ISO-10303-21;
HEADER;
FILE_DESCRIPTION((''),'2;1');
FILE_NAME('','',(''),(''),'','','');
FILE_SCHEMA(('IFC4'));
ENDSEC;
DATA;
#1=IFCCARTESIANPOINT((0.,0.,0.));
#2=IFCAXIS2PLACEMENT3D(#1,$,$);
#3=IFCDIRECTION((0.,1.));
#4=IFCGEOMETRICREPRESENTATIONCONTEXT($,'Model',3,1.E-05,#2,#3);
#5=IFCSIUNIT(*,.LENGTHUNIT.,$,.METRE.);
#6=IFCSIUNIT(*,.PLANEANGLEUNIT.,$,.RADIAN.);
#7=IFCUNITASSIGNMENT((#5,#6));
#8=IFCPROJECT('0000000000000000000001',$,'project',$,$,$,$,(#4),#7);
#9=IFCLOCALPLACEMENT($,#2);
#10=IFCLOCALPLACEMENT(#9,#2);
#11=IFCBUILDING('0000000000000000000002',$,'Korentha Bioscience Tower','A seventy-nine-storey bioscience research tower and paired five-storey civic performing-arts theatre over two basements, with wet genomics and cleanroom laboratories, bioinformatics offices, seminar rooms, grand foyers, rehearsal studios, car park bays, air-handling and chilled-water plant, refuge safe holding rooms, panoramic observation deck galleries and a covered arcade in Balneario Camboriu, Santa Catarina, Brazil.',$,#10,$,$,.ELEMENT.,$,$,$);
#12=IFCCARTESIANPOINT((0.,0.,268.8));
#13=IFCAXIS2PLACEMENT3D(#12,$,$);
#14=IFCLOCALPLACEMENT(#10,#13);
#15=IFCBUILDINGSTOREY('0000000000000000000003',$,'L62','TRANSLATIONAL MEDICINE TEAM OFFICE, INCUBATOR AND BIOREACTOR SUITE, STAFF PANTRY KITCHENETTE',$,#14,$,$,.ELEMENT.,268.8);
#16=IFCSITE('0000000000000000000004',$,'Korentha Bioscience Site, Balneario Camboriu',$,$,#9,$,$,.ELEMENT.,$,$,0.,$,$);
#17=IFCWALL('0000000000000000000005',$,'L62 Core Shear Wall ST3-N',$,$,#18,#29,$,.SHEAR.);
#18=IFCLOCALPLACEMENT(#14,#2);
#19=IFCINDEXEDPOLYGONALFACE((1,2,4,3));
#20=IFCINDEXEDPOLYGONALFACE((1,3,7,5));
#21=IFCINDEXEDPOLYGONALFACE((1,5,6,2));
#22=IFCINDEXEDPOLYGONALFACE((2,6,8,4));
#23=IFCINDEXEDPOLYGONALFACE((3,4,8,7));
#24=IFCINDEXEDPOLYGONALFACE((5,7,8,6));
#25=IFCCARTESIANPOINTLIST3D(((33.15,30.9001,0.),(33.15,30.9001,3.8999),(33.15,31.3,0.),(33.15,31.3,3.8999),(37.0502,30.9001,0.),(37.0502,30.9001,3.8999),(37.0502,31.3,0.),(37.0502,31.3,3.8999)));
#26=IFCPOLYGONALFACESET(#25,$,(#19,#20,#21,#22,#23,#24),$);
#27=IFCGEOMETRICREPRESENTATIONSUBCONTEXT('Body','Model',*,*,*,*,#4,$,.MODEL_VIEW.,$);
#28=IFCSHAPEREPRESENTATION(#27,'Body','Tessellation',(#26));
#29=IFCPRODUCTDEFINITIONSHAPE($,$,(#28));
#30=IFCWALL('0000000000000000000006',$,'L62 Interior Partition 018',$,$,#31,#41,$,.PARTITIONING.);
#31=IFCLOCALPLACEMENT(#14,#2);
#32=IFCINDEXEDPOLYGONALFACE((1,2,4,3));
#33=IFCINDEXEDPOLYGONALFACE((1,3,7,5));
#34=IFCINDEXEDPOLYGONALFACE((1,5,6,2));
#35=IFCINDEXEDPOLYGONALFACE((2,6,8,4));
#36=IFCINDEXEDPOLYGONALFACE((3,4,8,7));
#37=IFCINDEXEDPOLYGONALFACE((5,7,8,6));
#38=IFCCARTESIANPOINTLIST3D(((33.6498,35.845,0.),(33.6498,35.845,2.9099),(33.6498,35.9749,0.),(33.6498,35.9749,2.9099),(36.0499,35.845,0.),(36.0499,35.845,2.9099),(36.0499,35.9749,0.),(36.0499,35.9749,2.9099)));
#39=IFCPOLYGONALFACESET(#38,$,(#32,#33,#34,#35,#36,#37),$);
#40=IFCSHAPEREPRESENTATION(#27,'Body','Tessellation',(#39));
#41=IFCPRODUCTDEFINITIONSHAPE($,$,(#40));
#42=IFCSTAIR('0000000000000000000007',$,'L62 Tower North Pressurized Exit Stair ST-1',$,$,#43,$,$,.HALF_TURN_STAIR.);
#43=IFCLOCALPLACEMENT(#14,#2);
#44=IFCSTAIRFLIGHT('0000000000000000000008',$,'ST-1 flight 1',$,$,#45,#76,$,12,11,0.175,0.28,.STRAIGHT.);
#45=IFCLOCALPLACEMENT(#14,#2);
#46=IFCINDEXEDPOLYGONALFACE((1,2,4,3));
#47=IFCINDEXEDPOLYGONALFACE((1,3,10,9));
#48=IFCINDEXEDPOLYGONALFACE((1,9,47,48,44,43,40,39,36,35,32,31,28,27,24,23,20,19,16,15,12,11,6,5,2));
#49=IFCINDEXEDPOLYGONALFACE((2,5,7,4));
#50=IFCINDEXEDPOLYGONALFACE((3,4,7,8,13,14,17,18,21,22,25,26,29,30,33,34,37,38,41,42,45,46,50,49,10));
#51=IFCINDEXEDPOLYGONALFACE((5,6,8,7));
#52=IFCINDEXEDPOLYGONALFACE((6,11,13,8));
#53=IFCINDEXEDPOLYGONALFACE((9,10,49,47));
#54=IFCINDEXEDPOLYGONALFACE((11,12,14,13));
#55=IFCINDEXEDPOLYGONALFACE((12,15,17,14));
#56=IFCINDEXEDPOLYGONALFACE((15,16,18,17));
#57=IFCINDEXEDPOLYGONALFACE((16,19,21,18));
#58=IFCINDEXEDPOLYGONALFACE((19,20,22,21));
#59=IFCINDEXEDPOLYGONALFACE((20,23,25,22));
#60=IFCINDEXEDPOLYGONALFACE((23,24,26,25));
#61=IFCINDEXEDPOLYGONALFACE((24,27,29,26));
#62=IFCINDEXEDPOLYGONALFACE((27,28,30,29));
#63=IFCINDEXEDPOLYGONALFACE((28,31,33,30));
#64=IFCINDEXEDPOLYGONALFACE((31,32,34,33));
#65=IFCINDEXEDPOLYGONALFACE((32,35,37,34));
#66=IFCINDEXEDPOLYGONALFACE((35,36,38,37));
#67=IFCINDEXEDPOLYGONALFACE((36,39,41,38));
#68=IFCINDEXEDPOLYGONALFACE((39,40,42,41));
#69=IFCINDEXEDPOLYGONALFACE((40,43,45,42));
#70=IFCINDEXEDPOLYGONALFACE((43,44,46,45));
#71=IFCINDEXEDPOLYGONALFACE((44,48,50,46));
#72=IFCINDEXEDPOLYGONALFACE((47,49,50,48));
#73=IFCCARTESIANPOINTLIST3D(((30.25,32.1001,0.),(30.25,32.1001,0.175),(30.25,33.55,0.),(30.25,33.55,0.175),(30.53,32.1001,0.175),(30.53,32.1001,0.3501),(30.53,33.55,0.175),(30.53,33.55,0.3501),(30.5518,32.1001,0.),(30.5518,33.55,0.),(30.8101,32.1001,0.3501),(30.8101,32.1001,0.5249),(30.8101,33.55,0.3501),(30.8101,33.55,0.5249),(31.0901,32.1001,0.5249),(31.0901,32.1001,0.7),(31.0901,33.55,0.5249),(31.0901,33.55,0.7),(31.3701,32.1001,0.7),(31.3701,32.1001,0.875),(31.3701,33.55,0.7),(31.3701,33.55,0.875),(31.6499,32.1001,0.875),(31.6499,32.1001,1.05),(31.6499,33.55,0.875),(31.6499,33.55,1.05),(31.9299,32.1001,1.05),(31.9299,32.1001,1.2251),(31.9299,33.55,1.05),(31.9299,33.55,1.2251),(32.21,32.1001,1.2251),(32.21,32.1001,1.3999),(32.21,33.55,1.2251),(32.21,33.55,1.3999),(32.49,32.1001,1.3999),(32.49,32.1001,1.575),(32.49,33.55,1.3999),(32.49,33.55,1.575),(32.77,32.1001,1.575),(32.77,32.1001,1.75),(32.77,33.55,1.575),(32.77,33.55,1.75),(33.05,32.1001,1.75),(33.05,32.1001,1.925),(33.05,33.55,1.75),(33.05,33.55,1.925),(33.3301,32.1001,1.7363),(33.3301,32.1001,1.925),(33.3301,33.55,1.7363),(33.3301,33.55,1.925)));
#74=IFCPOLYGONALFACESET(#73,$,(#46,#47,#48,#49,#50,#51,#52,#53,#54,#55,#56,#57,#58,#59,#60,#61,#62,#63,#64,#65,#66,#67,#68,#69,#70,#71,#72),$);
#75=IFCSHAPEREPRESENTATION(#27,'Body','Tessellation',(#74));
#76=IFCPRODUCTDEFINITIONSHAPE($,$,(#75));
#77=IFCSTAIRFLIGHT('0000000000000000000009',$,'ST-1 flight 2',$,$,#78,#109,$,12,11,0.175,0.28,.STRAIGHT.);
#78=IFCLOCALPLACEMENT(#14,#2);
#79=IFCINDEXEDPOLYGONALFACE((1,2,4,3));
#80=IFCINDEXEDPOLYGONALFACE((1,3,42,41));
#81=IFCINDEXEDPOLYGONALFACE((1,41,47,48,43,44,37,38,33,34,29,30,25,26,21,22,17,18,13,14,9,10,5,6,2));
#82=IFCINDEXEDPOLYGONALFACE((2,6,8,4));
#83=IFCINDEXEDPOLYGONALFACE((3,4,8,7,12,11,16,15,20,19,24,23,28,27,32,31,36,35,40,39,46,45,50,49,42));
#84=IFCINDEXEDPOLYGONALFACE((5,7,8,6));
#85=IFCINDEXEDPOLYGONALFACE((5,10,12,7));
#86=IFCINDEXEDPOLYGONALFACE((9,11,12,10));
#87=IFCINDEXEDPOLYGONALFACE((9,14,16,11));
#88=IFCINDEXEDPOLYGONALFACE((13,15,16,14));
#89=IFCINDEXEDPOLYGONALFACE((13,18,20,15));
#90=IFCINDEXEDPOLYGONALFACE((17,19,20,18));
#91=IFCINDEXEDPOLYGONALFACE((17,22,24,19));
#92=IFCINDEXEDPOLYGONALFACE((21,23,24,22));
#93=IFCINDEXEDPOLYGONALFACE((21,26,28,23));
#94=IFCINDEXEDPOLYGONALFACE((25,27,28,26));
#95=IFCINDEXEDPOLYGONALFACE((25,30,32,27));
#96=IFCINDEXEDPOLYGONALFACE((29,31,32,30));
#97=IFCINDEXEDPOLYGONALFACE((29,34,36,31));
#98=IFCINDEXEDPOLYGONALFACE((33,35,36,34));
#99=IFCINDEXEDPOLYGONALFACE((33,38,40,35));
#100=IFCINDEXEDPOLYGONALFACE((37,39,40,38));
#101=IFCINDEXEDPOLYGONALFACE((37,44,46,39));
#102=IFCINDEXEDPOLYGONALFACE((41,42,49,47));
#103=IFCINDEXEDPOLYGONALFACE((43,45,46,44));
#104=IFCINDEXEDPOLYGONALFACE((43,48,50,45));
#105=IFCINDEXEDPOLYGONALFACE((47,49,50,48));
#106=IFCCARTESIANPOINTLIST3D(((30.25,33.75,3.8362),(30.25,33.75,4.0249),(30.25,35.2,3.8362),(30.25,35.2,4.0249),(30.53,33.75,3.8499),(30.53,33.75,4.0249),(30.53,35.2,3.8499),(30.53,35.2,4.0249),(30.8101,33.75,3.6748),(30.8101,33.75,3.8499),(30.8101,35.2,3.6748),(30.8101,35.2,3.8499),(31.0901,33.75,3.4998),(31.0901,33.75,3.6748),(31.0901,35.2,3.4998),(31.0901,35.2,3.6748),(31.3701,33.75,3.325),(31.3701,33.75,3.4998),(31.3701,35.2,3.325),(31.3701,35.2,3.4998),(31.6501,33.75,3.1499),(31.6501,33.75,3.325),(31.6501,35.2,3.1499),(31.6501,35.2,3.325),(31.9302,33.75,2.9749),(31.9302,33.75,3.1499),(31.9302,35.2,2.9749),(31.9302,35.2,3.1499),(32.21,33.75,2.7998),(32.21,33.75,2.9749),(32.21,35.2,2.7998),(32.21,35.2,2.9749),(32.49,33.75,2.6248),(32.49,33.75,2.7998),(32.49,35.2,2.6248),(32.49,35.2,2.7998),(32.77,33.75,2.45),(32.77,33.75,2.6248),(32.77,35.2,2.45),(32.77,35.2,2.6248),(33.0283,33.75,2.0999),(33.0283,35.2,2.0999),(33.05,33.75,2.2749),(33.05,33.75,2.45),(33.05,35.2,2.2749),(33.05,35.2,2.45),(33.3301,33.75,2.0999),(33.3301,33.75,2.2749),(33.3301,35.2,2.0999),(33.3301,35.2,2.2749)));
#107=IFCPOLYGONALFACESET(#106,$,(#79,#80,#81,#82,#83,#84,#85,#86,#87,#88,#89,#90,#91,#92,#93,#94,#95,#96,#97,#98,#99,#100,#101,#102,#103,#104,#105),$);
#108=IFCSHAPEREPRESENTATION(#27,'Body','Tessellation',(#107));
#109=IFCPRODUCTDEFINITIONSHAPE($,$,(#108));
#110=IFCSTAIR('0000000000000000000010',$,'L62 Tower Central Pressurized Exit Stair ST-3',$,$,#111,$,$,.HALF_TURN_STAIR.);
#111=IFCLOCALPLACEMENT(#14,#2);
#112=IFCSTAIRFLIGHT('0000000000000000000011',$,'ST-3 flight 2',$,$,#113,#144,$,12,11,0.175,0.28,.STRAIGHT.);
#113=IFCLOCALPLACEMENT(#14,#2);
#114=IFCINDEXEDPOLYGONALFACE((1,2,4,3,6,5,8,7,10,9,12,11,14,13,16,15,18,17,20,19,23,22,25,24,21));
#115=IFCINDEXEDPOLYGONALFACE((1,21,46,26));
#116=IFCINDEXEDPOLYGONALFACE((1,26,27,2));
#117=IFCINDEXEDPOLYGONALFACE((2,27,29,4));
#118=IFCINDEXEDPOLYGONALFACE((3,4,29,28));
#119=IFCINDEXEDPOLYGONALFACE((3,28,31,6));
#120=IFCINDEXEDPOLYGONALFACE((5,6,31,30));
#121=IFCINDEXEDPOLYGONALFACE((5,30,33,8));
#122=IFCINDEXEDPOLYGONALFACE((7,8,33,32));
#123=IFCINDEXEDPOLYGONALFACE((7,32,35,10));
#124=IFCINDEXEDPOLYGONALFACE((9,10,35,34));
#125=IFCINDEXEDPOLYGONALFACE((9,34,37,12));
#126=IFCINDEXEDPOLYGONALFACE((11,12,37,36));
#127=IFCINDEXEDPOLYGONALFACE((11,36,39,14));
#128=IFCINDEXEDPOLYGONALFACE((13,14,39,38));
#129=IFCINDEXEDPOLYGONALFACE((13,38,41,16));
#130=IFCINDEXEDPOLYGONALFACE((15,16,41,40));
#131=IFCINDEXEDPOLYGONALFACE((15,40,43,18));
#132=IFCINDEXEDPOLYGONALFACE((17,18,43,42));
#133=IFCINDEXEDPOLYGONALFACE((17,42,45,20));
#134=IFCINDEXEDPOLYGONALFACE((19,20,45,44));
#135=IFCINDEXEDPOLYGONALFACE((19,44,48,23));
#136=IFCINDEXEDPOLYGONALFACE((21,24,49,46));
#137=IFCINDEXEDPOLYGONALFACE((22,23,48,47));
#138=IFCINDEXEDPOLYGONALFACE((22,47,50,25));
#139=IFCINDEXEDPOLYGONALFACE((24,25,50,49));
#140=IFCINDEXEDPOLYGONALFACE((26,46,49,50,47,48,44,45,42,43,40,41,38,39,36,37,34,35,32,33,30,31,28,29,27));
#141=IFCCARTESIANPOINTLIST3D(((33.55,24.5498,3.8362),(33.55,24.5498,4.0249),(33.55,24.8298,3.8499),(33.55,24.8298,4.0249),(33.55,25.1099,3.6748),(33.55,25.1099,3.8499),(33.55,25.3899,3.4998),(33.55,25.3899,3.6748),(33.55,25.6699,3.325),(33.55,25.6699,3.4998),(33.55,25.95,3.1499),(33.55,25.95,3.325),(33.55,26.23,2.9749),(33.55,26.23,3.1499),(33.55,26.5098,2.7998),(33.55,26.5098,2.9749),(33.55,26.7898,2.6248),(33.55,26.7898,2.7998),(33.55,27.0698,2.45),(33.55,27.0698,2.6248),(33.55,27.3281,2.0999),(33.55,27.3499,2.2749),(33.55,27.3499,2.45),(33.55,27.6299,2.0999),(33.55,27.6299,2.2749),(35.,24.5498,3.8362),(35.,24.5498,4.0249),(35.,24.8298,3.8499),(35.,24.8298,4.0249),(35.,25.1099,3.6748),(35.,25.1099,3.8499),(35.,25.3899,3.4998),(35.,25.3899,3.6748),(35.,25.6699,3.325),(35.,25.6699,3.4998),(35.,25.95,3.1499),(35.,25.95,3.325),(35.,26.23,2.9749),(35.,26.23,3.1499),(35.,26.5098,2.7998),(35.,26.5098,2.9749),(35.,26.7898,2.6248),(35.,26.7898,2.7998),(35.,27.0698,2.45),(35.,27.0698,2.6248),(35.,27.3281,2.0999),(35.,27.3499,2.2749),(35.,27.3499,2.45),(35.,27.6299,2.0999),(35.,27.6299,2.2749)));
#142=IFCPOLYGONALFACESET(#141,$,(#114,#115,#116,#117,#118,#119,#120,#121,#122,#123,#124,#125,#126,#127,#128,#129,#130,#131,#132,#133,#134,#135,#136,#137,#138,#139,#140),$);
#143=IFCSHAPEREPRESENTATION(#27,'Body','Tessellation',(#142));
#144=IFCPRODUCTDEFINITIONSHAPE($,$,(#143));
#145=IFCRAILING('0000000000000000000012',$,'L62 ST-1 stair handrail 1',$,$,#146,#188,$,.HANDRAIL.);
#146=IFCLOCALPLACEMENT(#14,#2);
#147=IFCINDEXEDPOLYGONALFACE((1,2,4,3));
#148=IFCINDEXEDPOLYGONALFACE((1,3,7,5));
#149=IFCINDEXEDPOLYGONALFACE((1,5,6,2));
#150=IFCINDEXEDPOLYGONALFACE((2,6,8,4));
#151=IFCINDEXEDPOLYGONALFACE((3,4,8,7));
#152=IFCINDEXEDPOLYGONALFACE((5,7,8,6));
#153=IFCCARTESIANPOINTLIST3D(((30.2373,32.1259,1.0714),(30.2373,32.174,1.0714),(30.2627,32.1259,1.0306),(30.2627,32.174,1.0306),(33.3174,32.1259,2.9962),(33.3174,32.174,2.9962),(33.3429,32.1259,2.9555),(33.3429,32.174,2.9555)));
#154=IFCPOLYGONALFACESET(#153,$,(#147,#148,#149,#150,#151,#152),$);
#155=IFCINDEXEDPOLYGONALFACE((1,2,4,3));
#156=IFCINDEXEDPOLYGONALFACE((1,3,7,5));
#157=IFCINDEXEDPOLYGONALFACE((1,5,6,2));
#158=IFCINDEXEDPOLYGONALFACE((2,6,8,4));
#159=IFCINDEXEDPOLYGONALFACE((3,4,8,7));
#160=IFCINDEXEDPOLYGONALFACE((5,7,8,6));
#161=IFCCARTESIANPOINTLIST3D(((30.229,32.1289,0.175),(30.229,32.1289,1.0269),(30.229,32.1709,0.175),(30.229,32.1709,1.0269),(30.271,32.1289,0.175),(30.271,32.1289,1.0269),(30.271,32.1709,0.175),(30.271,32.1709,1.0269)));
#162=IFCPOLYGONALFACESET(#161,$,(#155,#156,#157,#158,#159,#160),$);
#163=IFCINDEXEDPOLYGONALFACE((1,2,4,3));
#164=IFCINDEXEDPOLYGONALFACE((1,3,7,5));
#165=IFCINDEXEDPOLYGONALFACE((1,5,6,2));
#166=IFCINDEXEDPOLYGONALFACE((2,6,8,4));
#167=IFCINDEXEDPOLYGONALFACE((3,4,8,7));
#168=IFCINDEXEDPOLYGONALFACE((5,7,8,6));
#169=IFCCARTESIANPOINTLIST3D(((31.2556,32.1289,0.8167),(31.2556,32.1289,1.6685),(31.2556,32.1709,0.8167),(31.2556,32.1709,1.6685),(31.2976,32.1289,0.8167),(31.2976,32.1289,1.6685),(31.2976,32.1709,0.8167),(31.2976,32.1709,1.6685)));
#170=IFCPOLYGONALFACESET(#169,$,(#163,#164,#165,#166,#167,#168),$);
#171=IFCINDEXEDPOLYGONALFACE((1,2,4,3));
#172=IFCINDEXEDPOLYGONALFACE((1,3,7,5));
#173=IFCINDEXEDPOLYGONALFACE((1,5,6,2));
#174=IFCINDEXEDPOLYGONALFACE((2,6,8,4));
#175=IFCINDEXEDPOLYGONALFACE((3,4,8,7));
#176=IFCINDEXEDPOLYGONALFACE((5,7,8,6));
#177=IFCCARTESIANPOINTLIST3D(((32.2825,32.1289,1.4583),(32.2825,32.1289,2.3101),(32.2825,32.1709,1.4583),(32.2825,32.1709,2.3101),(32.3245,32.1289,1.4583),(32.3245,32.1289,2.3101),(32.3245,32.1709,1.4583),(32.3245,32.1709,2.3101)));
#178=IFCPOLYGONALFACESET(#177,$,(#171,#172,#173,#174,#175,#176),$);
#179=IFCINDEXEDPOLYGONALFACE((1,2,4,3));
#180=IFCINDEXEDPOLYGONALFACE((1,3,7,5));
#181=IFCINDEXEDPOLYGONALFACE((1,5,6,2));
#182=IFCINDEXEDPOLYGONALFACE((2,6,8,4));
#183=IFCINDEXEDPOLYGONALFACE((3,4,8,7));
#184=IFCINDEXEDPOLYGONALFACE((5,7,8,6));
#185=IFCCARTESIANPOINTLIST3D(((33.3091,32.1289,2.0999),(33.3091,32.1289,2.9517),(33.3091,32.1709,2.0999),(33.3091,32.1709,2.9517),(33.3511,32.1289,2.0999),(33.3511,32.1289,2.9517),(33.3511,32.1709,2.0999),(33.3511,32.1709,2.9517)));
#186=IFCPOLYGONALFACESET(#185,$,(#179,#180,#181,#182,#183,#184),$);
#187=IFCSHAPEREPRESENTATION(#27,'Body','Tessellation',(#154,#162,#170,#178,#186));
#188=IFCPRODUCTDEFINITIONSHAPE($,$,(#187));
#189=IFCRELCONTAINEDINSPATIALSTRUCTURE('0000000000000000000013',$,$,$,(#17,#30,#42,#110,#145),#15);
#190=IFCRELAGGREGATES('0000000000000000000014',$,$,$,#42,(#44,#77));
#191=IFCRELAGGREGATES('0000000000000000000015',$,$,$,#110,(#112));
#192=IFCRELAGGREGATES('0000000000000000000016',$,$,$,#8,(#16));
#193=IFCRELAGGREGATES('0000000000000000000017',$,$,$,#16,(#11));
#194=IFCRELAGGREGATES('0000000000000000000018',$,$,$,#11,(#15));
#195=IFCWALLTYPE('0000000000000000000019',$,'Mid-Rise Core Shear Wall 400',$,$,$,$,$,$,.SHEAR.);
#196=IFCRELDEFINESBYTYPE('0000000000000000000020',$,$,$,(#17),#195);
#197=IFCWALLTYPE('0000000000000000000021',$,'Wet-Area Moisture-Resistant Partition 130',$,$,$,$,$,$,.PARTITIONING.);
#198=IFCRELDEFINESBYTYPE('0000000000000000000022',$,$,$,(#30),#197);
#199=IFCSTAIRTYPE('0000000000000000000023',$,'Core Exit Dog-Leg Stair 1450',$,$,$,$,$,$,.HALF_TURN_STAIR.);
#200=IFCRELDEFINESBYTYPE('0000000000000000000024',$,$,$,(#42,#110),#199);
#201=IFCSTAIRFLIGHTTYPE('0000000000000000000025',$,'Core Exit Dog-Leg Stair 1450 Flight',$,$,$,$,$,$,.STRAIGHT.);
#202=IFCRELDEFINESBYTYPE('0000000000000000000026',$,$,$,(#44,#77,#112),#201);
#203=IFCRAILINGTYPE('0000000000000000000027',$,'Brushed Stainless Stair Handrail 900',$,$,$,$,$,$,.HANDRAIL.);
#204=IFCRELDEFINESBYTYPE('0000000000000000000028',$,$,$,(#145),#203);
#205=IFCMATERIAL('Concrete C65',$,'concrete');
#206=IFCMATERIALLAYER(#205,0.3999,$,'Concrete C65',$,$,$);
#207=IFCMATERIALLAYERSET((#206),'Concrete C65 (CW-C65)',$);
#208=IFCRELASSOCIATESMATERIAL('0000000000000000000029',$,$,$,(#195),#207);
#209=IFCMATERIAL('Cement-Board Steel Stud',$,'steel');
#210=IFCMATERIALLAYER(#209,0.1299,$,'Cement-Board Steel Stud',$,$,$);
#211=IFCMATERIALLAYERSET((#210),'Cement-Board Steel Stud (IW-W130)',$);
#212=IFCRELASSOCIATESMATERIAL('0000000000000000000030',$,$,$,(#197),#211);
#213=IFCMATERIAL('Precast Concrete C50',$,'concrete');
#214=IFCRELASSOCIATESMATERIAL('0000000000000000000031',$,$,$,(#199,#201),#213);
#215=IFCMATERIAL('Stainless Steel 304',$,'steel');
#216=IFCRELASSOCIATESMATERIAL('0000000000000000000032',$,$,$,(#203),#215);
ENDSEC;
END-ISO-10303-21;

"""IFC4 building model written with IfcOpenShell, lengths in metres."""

from ifc_helpers import new_model, si_unit, direction, frame, frame_2d, origin, origin_2d, place, context, subcontext, project, spatial, polyline, rectangle, outline, extrude, material, layer, layer_set, type_object, element, aggregate, save


model = new_model("IFC4")

# Units and contexts
model_context = context("Model", 3, precision=1e-05, world=origin(), true_north=direction((0.0, 1.0)))
body_context = subcontext(model_context, "Body", "Model", "MODEL_VIEW")
ifc_project = project(units=[si_unit("LENGTHUNIT", "METRE"), si_unit("PLANEANGLEUNIT", "RADIAN")], contexts=[model_context])

# Site, building, storey
site_placement = place(None, origin())
site = spatial("IfcSite", under=ifc_project, at=site_placement, Name="Korentha Bioscience Site, Balneario Camboriu", CompositionType="ELEMENT", RefElevation=0.0)
building_placement = place(site_placement, origin())
building = spatial("IfcBuilding", under=site, at=building_placement, Name="Korentha Bioscience Tower", Description="A seventy-nine-storey bioscience research tower and paired five-storey civic performing-arts theatre over two basements, with wet genomics and cleanroom laboratories, bioinformatics offices, seminar rooms, grand foyers, rehearsal studios, car park bays, air-handling and chilled-water plant, refuge safe holding rooms, panoramic observation deck galleries and a covered arcade in Balneario Camboriu, Santa Catarina, Brazil.", CompositionType="ELEMENT")
storey_placement = place(building_placement, frame((0.0, 0.0, 268.8)))
storey = spatial("IfcBuildingStorey", under=building, at=storey_placement, Name="L62", Description="TRANSLATIONAL MEDICINE TEAM OFFICE, INCUBATOR AND BIOREACTOR SUITE, STAFF PANTRY KITCHENETTE", CompositionType="ELEMENT", Elevation=268.8)

# Shared definitions
ifc_material_1 = material(Name="Concrete C65", Category="concrete")

# Walls
ifc_layer_1 = layer(ifc_material_1, 0.3999, Name="Concrete C65")
ifc_layer_set_1 = layer_set([ifc_layer_1], Name="Concrete C65 (CW-C65)")
wall_type_1 = type_object("IfcWallType", Name="Mid-Rise Core Shear Wall 400", PredefinedType="SHEAR", material=ifc_layer_set_1)
wall_1_placement = place(storey_placement, frame((33.1499, 31.1001, 0.0), z_axis=(0.0, 0.0, 1.0), x_axis=(1.0, 0.0, 0.0)))
element("IfcWall", 1, at=wall_1_placement, inside=storey, type_object=wall_type_1, Name="L62 Core Shear Wall ST3-N", PredefinedType="SHEAR", context=body_context, shape_type="SweptSolid", body=[
    extrude(rectangle(XDim=3.9001, YDim=0.3999, at=frame_2d((1.9502, 0.0))), origin(), (0.0, 0.0, 1.0), 3.8999),
])
ifc_material_2 = material(Name="Cement-Board Steel Stud", Category="steel")
ifc_layer_2 = layer(ifc_material_2, 0.1299, Name="Cement-Board Steel Stud")
ifc_layer_set_2 = layer_set([ifc_layer_2], Name="Cement-Board Steel Stud (IW-W130)")
wall_type_2 = type_object("IfcWallType", Name="Wet-Area Moisture-Resistant Partition 130", PredefinedType="PARTITIONING", material=ifc_layer_set_2)
wall_2_placement = place(storey_placement, frame((36.05, 35.9099, 0.0), z_axis=(0.0, 0.0, 1.0), x_axis=(-1.0, 0.0, 0.0)))
element("IfcWall", 2, at=wall_2_placement, inside=storey, type_object=wall_type_2, Name="L62 Interior Partition 018", PredefinedType="PARTITIONING", context=body_context, shape_type="SweptSolid", body=[
    extrude(rectangle(XDim=2.4001, YDim=0.1299, at=frame_2d((1.2002, 0.0))), origin(), (0.0, 0.0, 1.0), 2.9099),
])

# Stair, stair flights
ifc_material_3 = material(Name="Precast Concrete C50", Category="concrete")
stair_type = type_object("IfcStairType", Name="Core Exit Dog-Leg Stair 1450", PredefinedType="HALF_TURN_STAIR", material=ifc_material_3)
stair_1_placement = place(storey_placement, origin())
stair_1 = element("IfcStair", 3, at=stair_1_placement, inside=storey, type_object=stair_type, Name="L62 Tower North Pressurized Exit Stair ST-1", PredefinedType="HALF_TURN_STAIR")
stair_flight_type = type_object("IfcStairFlightType", Name="Core Exit Dog-Leg Stair 1450 Flight", PredefinedType="STRAIGHT", material=ifc_material_3)
stair_flight_1_placement = place(storey_placement, frame((30.25, 32.825, 0.0), z_axis=(0.0, 0.0, 1.0), x_axis=(1.0, 0.0, 0.0)))
stair_flight_1 = element("IfcStairFlight", 4, at=stair_flight_1_placement, type_object=stair_flight_type, Name="ST-1 flight 1", NumberOfRisers=12, NumberOfTreads=11, PredefinedType="STRAIGHT", RiserHeight=0.175, TreadLength=0.28, context=body_context, shape_type="SweptSolid", body=[
    extrude(outline(polyline([(0.0, 0.0), (0.0, 0.175), (0.28, 0.175), (0.28, 0.3501), (0.5601, 0.3501), (0.5601, 0.5249), (0.8401, 0.5249), (0.8401, 0.7), (1.1201, 0.7), (1.1201, 0.875), (1.3999, 0.875), (1.3999, 1.05), (1.6799, 1.05), (1.6799, 1.2251), (1.96, 1.2251), (1.96, 1.3999), (2.24, 1.3999), (2.24, 1.575), (2.52, 1.575), (2.52, 1.75), (2.8, 1.75), (2.8, 1.925), (3.0801, 1.925), (3.0801, 2.1001), (3.0801, 1.7363), (0.3018, 0.0), (0.0, 0.0)])), frame((0.0, 0.7251, 0.0), z_axis=(0.0, -1.0, 0.0), x_axis=(1.0, 0.0, 0.0)), (0.0, 0.0, 1.0), 1.45),
])
stair_flight_2_placement = place(storey_placement, frame((33.3301, 34.4751, 2.0999), z_axis=(0.0, 0.0, 1.0), x_axis=(-1.0, 0.0, 0.0)))
stair_flight_2 = element("IfcStairFlight", 5, at=stair_flight_2_placement, type_object=stair_flight_type, Name="ST-1 flight 2", NumberOfRisers=12, NumberOfTreads=11, PredefinedType="STRAIGHT", RiserHeight=0.175, TreadLength=0.28, context=body_context, shape_type="SweptSolid", body=[
    extrude(outline(polyline([(0.0, 0.0), (0.0, 0.175), (0.28, 0.175), (0.28, 0.3501), (0.5601, 0.3501), (0.5601, 0.5249), (0.8401, 0.5249), (0.8401, 0.7), (1.1201, 0.7), (1.1201, 0.875), (1.3999, 0.875), (1.3999, 1.05), (1.6799, 1.05), (1.6799, 1.2251), (1.96, 1.2251), (1.96, 1.3999), (2.24, 1.3999), (2.24, 1.575), (2.52, 1.575), (2.52, 1.75), (2.8, 1.75), (2.8, 1.925), (3.0801, 1.925), (3.0801, 2.1001), (3.0801, 1.7363), (0.3018, 0.0), (0.0, 0.0)])), frame((0.0, 0.7251, 0.0), z_axis=(0.0, -1.0, 0.0), x_axis=(1.0, 0.0, 0.0)), (0.0, 0.0, 1.0), 1.45),
])
aggregate(stair_1, [stair_flight_1, stair_flight_2])

# Stair, stair flight
stair_2_placement = place(storey_placement, origin())
stair_2 = element("IfcStair", 6, at=stair_2_placement, inside=storey, type_object=stair_type, Name="L62 Tower Central Pressurized Exit Stair ST-3", PredefinedType="HALF_TURN_STAIR")
stair_flight_3_placement = place(storey_placement, frame((34.2749, 27.6299, 2.0999), z_axis=(0.0, 0.0, 1.0), x_axis=(0.0, -1.0, 0.0)))
stair_flight_3 = element("IfcStairFlight", 7, at=stair_flight_3_placement, type_object=stair_flight_type, Name="ST-3 flight 2", NumberOfRisers=12, NumberOfTreads=11, PredefinedType="STRAIGHT", RiserHeight=0.175, TreadLength=0.28, context=body_context, shape_type="SweptSolid", body=[
    extrude(outline(polyline([(0.0, 0.0), (0.0, 0.175), (0.28, 0.175), (0.28, 0.3501), (0.5601, 0.3501), (0.5601, 0.5249), (0.8401, 0.5249), (0.8401, 0.7), (1.1201, 0.7), (1.1201, 0.875), (1.3999, 0.875), (1.3999, 1.05), (1.6799, 1.05), (1.6799, 1.2251), (1.96, 1.2251), (1.96, 1.3999), (2.24, 1.3999), (2.24, 1.575), (2.52, 1.575), (2.52, 1.75), (2.8, 1.75), (2.8, 1.925), (3.0801, 1.925), (3.0801, 2.1001), (3.0801, 1.7363), (0.3018, 0.0), (0.0, 0.0)])), frame((0.0, 0.7251, 0.0), z_axis=(0.0, -1.0, 0.0), x_axis=(1.0, 0.0, 0.0)), (0.0, 0.0, 1.0), 1.45),
])
aggregate(stair_2, [stair_flight_3])

# Railing
ifc_material_4 = material(Name="Stainless Steel 304", Category="steel")
railing_type_1 = type_object("IfcRailingType", Name="Brushed Stainless Stair Handrail 900", PredefinedType="HANDRAIL", material=ifc_material_4)
railing_1_placement = place(storey_placement, frame((30.25, 32.1499, 0.175)))
element("IfcRailing", 8, at=railing_1_placement, inside=storey, type_object=railing_type_1, Name="L62 ST-1 stair handrail 1", PredefinedType="HANDRAIL", context=body_context, shape_type="SweptSolid", body=[
    extrude(rectangle(XDim=0.0481, YDim=0.0481, at=origin_2d()), frame((0.0, 0.0, 0.876), z_axis=(0.848029, 0.0, 0.529951), x_axis=(0.0, 1.0, 0.0)), (0.0, 0.0, 1.0), 3.6321),
    extrude(rectangle(XDim=0.042, YDim=0.042, at=origin_2d()), origin(), (0.0, 0.0, 1.0), 0.8518),
    extrude(rectangle(XDim=0.042, YDim=0.042, at=origin_2d()), frame((1.0266, 0.0, 0.6416)), (0.0, 0.0, 1.0), 0.8518),
    extrude(rectangle(XDim=0.042, YDim=0.042, at=origin_2d()), frame((2.0535, 0.0, 1.2832)), (0.0, 0.0, 1.0), 0.8518),
    extrude(rectangle(XDim=0.042, YDim=0.042, at=origin_2d()), frame((3.0801, 0.0, 1.9248)), (0.0, 0.0, 1.0), 0.8518),
])

save(model, "model.ifc")
